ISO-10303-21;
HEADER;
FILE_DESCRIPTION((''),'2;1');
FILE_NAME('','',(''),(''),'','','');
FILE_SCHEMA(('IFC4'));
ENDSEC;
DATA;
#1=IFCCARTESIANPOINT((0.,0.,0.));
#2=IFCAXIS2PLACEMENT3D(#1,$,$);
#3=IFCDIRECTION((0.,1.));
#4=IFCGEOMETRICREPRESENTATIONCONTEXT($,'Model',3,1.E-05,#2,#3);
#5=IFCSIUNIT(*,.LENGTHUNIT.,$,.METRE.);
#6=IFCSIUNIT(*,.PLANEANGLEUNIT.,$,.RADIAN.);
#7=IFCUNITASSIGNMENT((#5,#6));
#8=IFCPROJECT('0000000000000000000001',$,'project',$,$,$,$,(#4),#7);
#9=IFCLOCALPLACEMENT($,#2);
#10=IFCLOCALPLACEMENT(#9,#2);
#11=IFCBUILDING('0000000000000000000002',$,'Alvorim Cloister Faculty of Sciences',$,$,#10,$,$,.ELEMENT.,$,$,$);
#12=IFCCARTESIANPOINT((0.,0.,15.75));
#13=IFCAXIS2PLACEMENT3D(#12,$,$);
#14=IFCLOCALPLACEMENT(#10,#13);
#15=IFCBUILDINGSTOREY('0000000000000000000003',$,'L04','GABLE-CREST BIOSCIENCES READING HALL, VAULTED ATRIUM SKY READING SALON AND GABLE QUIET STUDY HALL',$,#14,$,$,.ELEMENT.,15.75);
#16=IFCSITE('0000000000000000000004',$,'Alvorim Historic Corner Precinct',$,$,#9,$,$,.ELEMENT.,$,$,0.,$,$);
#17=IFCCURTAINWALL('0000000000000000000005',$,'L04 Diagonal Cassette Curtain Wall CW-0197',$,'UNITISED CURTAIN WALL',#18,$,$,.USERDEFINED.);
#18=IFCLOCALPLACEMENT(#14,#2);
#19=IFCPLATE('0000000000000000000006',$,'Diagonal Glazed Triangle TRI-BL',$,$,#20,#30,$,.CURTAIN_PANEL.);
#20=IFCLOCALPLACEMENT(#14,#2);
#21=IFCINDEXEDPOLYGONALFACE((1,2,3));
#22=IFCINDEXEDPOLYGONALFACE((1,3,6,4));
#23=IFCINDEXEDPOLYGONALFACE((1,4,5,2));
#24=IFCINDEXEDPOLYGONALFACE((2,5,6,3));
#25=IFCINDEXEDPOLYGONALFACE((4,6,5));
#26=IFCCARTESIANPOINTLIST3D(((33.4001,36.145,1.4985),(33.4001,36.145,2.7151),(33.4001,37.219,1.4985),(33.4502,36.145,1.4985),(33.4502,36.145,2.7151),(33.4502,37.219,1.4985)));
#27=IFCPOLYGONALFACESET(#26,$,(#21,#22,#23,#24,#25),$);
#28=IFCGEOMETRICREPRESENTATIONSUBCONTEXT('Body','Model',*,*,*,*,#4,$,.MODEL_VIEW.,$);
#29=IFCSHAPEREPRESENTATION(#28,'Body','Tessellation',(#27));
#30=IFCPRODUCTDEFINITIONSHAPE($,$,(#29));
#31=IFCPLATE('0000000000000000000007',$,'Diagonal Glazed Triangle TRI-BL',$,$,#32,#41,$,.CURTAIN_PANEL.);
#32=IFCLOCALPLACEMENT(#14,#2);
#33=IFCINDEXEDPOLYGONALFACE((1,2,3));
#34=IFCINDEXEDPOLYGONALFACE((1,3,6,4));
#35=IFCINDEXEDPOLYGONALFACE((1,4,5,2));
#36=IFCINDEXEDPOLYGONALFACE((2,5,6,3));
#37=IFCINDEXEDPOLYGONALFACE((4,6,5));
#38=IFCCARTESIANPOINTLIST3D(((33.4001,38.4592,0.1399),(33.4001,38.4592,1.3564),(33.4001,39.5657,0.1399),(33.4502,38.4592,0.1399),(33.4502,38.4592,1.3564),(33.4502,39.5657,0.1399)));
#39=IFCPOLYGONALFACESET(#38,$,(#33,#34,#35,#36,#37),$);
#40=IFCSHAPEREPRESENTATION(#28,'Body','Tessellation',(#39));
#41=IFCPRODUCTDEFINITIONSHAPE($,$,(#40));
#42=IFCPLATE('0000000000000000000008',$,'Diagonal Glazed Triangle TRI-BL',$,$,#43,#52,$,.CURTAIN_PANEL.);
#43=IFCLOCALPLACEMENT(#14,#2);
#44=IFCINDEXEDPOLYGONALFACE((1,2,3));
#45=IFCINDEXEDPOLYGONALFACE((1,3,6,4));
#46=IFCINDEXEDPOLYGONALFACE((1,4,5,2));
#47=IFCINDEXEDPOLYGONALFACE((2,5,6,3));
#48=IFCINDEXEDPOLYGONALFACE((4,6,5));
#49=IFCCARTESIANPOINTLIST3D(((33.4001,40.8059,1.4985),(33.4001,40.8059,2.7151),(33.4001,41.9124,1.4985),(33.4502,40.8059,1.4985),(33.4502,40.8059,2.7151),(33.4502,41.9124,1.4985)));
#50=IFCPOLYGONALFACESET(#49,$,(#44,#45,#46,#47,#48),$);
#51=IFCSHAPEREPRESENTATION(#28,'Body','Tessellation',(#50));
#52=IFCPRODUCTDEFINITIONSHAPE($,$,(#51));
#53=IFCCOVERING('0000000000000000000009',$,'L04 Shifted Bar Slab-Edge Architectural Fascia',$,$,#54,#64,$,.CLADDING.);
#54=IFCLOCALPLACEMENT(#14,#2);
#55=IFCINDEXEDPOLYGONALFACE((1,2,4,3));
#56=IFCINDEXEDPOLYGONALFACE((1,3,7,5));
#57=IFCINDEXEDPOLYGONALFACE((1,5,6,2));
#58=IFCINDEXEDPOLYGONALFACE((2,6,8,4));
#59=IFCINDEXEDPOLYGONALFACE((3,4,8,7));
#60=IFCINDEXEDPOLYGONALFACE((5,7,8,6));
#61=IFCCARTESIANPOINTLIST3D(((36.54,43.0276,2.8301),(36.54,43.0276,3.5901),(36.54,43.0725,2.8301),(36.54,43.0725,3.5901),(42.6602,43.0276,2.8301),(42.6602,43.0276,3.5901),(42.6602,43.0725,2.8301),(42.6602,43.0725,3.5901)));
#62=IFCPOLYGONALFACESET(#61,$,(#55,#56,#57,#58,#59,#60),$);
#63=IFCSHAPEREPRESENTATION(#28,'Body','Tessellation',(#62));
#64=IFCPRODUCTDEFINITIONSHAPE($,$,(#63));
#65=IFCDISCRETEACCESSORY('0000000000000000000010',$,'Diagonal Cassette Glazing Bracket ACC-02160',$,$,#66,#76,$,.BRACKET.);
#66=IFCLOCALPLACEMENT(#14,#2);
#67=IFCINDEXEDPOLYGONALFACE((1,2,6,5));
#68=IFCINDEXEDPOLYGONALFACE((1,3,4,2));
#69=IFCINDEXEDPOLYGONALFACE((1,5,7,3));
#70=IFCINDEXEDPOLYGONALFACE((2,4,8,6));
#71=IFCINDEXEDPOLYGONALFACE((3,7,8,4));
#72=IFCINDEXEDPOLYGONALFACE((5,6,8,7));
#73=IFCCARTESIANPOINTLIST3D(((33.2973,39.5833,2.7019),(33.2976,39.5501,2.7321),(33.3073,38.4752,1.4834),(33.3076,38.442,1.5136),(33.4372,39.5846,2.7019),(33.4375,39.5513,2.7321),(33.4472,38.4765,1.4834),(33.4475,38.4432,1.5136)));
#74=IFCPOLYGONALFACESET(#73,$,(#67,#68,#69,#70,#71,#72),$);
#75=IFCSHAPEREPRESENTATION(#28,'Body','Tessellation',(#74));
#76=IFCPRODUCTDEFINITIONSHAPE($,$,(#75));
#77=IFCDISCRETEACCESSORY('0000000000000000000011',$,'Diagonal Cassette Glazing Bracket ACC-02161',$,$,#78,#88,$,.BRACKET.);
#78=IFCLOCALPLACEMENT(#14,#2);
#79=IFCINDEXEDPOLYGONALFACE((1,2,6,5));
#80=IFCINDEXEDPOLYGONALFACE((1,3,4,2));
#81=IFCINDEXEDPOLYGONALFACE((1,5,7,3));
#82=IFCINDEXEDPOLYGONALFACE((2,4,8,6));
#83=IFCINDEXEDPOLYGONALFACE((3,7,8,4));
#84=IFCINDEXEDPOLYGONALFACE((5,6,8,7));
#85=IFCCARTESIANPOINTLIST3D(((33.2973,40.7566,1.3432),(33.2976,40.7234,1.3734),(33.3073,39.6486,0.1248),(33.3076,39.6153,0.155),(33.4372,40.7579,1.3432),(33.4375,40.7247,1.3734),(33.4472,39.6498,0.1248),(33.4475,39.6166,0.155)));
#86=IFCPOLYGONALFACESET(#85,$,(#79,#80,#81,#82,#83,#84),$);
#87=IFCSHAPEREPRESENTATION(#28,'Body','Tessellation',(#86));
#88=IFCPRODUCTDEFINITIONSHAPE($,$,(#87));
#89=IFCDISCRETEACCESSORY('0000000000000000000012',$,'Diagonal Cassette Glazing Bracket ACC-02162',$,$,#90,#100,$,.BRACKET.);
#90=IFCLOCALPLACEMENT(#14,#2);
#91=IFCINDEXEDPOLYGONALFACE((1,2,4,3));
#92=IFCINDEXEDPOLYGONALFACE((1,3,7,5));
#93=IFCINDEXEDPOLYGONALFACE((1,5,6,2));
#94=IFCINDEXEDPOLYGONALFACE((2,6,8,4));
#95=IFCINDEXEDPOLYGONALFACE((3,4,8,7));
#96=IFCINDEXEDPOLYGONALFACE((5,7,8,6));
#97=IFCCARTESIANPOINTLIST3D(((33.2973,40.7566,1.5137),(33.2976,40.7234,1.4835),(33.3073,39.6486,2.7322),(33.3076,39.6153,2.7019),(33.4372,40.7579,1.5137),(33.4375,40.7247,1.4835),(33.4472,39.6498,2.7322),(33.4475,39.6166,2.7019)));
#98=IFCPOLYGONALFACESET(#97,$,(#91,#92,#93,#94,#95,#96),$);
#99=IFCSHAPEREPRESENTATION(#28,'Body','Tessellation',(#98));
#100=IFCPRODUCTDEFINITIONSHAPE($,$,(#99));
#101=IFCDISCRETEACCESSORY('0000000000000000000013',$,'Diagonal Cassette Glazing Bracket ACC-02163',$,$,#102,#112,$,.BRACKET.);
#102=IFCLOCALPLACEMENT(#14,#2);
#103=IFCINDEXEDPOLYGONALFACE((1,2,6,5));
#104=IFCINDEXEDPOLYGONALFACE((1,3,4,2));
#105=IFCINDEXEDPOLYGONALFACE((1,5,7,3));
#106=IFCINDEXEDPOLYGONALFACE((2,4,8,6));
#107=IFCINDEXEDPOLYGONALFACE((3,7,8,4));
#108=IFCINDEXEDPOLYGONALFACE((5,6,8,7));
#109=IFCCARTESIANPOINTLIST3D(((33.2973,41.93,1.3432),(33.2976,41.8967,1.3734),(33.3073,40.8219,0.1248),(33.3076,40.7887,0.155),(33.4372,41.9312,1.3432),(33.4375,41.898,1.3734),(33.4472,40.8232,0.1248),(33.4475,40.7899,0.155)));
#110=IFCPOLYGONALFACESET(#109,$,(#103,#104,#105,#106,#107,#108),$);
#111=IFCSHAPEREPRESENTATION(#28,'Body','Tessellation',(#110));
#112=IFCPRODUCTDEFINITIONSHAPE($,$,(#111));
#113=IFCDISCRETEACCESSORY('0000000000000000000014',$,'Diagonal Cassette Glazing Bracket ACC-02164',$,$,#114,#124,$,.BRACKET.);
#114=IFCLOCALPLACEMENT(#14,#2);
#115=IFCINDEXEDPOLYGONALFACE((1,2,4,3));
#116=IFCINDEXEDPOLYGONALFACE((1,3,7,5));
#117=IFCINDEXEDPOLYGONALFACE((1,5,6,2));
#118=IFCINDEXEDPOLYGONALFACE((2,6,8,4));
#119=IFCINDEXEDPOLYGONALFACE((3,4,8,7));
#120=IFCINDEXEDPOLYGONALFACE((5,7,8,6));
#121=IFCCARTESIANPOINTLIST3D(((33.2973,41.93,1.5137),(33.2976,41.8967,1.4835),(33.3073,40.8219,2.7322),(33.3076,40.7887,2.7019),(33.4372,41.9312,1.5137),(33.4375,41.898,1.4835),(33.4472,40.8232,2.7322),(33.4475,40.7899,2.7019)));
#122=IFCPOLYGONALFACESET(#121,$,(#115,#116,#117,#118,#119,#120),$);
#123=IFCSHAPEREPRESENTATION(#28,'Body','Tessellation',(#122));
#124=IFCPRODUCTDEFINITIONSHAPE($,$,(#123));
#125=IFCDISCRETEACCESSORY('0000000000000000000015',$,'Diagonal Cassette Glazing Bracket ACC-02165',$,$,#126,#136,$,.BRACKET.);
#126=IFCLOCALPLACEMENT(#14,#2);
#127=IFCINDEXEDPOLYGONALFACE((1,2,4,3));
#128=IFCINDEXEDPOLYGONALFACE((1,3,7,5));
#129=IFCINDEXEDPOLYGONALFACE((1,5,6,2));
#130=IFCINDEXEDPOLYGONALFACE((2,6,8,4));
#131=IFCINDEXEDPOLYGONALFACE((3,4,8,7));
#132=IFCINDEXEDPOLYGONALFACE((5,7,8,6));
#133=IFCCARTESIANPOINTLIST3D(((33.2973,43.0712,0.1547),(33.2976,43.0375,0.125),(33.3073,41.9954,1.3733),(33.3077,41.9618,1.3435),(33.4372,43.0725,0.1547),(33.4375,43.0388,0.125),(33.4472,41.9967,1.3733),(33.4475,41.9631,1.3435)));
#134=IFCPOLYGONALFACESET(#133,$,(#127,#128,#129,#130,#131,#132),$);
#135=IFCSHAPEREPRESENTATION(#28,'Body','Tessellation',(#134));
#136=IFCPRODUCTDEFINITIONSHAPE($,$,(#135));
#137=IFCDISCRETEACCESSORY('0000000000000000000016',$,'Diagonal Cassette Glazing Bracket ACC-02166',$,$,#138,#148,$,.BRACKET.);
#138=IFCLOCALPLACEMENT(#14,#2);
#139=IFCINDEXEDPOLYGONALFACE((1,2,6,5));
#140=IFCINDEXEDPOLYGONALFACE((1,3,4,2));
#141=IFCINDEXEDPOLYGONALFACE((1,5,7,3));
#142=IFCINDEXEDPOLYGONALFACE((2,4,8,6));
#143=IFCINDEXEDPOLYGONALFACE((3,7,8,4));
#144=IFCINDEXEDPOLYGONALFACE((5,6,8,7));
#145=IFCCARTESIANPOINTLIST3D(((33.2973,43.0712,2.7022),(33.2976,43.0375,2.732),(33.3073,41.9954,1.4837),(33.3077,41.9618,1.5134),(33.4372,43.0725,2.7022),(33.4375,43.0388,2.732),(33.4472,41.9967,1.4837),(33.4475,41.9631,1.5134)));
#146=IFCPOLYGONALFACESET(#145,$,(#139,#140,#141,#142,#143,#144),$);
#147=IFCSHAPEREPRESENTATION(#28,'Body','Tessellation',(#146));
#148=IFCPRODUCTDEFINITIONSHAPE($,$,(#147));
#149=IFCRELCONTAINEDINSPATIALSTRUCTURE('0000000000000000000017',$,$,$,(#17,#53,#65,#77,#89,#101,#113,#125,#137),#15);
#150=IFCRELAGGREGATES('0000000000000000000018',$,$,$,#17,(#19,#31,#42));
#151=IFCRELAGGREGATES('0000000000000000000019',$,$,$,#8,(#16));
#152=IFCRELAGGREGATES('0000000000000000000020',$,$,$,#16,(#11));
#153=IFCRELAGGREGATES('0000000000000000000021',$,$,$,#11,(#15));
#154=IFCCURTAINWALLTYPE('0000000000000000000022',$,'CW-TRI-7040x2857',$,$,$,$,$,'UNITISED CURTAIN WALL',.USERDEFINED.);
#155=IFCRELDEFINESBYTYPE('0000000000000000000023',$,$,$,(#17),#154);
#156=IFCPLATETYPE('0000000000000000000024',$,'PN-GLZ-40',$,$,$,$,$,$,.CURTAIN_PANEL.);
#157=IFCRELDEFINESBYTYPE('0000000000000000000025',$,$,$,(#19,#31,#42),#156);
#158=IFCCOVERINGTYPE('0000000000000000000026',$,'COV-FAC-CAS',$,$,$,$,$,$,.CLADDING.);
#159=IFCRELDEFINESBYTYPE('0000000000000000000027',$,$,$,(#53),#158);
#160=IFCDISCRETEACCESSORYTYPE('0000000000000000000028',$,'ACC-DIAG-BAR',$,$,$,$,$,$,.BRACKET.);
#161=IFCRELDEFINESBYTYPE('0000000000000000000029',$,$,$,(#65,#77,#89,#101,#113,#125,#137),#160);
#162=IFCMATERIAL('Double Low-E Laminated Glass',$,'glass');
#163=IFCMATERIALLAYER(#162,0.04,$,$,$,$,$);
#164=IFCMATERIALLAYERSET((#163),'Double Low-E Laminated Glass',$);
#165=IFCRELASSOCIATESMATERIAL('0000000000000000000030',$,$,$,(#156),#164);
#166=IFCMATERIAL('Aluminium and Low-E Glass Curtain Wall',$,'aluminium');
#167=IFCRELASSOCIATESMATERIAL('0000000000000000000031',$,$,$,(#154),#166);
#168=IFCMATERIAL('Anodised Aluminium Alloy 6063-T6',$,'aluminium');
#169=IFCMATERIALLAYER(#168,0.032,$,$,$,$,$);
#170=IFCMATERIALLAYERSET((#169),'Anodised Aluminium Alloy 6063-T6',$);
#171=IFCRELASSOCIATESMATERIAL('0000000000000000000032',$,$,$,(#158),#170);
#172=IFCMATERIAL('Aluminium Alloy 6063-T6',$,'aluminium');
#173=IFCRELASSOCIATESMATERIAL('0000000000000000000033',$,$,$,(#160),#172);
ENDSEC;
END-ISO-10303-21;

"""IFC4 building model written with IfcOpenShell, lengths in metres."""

from ifc_helpers import new_model, si_unit, direction, frame, origin, origin_2d, place, context, subcontext, project, spatial, polyline, rectangle, outline, extrude, material, layer, layer_set, type_object, element, aggregate, save


model = new_model("IFC4")

# Units and contexts
model_context = context("Model", 3, precision=1e-05, world=origin(), true_north=direction((0.0, 1.0)))
body_context = subcontext(model_context, "Body", "Model", "MODEL_VIEW")
ifc_project = project(units=[si_unit("LENGTHUNIT", "METRE"), si_unit("PLANEANGLEUNIT", "RADIAN")], contexts=[model_context])

# Site, building, storey
site_placement = place(None, origin())
site = spatial("IfcSite", under=ifc_project, at=site_placement, Name="Alvorim Historic Corner Precinct", CompositionType="ELEMENT", RefElevation=0.0)
building_placement = place(site_placement, origin())
building = spatial("IfcBuilding", under=site, at=building_placement, Name="Alvorim Cloister Faculty of Sciences", CompositionType="ELEMENT")
storey_placement = place(building_placement, frame((0.0, 0.0, 15.75)))
storey = spatial("IfcBuildingStorey", under=building, at=storey_placement, Name="L04", Description="GABLE-CREST BIOSCIENCES READING HALL, VAULTED ATRIUM SKY READING SALON AND GABLE QUIET STUDY HALL", CompositionType="ELEMENT", Elevation=15.75)

# Curtain wall, plates
ifc_material_1 = material(Name="Aluminium and Low-E Glass Curtain Wall", Category="aluminium")
ifc_material_2 = material(Name="Double Low-E Laminated Glass", Category="glass")
ifc_layer_1 = layer(ifc_material_2, 0.04)
ifc_layer_set_1 = layer_set([ifc_layer_1], Name="Double Low-E Laminated Glass")
plate_type = type_object("IfcPlateType", Name="PN-GLZ-40", PredefinedType="CURTAIN_PANEL", material=ifc_layer_set_1)
curtain_wall_type_1 = type_object("IfcCurtainWallType", Name="CW-TRI-7040x2857", ElementType="UNITISED CURTAIN WALL", PredefinedType="USERDEFINED", material=ifc_material_1)
curtain_wall_1_placement = place(storey_placement, origin())
curtain_wall_1 = element("IfcCurtainWall", 1, at=curtain_wall_1_placement, inside=storey, type_object=curtain_wall_type_1, Name="L04 Diagonal Cassette Curtain Wall CW-0197", ObjectType="UNITISED CURTAIN WALL", PredefinedType="USERDEFINED")
plate_1_placement = place(storey_placement, frame((33.425, 36.145, 1.4985), z_axis=(0.0, 0.0, 1.0), x_axis=(0.0, 1.0, 0.0)))
plate_1 = element("IfcPlate", 2, at=plate_1_placement, type_object=plate_type, Name="Diagonal Glazed Triangle TRI-BL", PredefinedType="CURTAIN_PANEL", context=body_context, shape_type="SweptSolid", body=[
    extrude(outline(polyline([(0.0, 0.0), (1.074, 0.0), (0.0, 1.2166), (0.0, 0.0)])), frame((0.0, 0.0249, 0.0), z_axis=(0.0, -1.0, 0.0), x_axis=(1.0, 0.0, 0.0)), (0.0, 0.0, 1.0), 0.05),
])
plate_2_placement = place(storey_placement, frame((33.425, 38.4592, 0.1399), z_axis=(0.0, 0.0, 1.0), x_axis=(0.0, 1.0, 0.0)))
plate_2 = element("IfcPlate", 3, at=plate_2_placement, type_object=plate_type, Name="Diagonal Glazed Triangle TRI-BL", PredefinedType="CURTAIN_PANEL", context=body_context, shape_type="SweptSolid", body=[
    extrude(outline(polyline([(0.0, 0.0), (1.1064, 0.0), (0.0, 1.2166), (0.0, 0.0)])), frame((0.0, 0.0249, 0.0), z_axis=(0.0, -1.0, 0.0), x_axis=(1.0, 0.0, 0.0)), (0.0, 0.0, 1.0), 0.05),
])
plate_3_placement = place(storey_placement, frame((33.425, 40.8059, 1.4985), z_axis=(0.0, 0.0, 1.0), x_axis=(0.0, 1.0, 0.0)))
plate_3 = element("IfcPlate", 4, at=plate_3_placement, type_object=plate_type, Name="Diagonal Glazed Triangle TRI-BL", PredefinedType="CURTAIN_PANEL", context=body_context, shape_type="SweptSolid", body=[
    extrude(outline(polyline([(0.0, 0.0), (1.1064, 0.0), (0.0, 1.2166), (0.0, 0.0)])), frame((0.0, 0.0249, 0.0), z_axis=(0.0, -1.0, 0.0), x_axis=(1.0, 0.0, 0.0)), (0.0, 0.0, 1.0), 0.05),
])
aggregate(curtain_wall_1, [plate_1, plate_2, plate_3])

# Covering
ifc_material_3 = material(Name="Anodised Aluminium Alloy 6063-T6", Category="aluminium")
ifc_layer_2 = layer(ifc_material_3, 0.032)
ifc_layer_set_2 = layer_set([ifc_layer_2], Name="Anodised Aluminium Alloy 6063-T6")
covering_type = type_object("IfcCoveringType", Name="COV-FAC-CAS", PredefinedType="CLADDING", material=ifc_layer_set_2)
covering_placement = place(storey_placement, frame((36.54, 43.05, 2.8301), z_axis=(0.0, 0.0, 1.0), x_axis=(1.0, 0.0, 0.0)))
element("IfcCovering", 5, at=covering_placement, inside=storey, type_object=covering_type, Name="L04 Shifted Bar Slab-Edge Architectural Fascia", PredefinedType="CLADDING", context=body_context, shape_type="SweptSolid", body=[
    extrude(outline(polyline([(0.0, 0.0), (6.1201, 0.0), (6.1201, 0.76), (0.0, 0.76), (0.0, 0.0)])), frame((0.0, 0.0225, 0.0), z_axis=(0.0, -1.0, 0.0), x_axis=(1.0, 0.0, 0.0)), (0.0, 0.0, 1.0), 0.0449),
])

# Discrete accessories
ifc_material_4 = material(Name="Aluminium Alloy 6063-T6", Category="aluminium")
discrete_accessory_type = type_object("IfcDiscreteAccessoryType", Name="ACC-DIAG-BAR", PredefinedType="BRACKET", material=ifc_material_4)
for number, where, z_axis, x_axis, name in (
    (6, (33.3774, 38.4592, 1.4985), (-0.006077, 0.672801, 0.739799), (-0.999959, -0.009032, 0.0), "Diagonal Cassette Glazing Bracket ACC-02160"),
    (7, (33.3774, 39.6326, 0.1399), (-0.006077, 0.672801, 0.739799), (-0.999959, -0.009032, 0.0), "Diagonal Cassette Glazing Bracket ACC-02161"),
    (8, (33.3774, 39.6326, 2.717), (-0.006077, 0.672801, -0.739799), (-0.999959, -0.009032, 0.0), "Diagonal Cassette Glazing Bracket ACC-02162"),
    (9, (33.3774, 40.8059, 0.1399), (-0.006077, 0.672801, 0.739799), (-0.999959, -0.009032, 0.0), "Diagonal Cassette Glazing Bracket ACC-02163"),
    (10, (33.3774, 40.8059, 2.717), (-0.006077, 0.672801, -0.739799), (-0.999959, -0.009032, 0.0), "Diagonal Cassette Glazing Bracket ACC-02164"),
):
    element("IfcDiscreteAccessory", number, at=place(storey_placement, frame(where, z_axis=z_axis, x_axis=x_axis)), inside=storey, type_object=discrete_accessory_type, Name=name, PredefinedType="BRACKET", context=body_context, shape_type="SweptSolid", body=[
        extrude(rectangle(XDim=0.1399, YDim=0.0449, at=origin_2d()), origin(), (0.0, 0.0, 1.0), 1.647),
    ])
for number, where, z_axis, x_axis, name in (
    (11, (33.3774, 41.9792, 1.3584), (-0.006158, 0.661793, -0.749661), (-0.999957, -0.009305, 0.0), "Diagonal Cassette Glazing Bracket ACC-02165"),
    (12, (33.3774, 41.9792, 1.4985), (-0.006158, 0.661793, 0.749661), (-0.999957, -0.009305, 0.0), "Diagonal Cassette Glazing Bracket ACC-02166"),
):
    element("IfcDiscreteAccessory", number, at=place(storey_placement, frame(where, z_axis=z_axis, x_axis=x_axis)), inside=storey, type_object=discrete_accessory_type, Name=name, PredefinedType="BRACKET", context=body_context, shape_type="SweptSolid", body=[
        extrude(rectangle(XDim=0.1399, YDim=0.0449, at=origin_2d()), origin(), (0.0, 0.0, 1.0), 1.6255),
    ])

save(model, "model.ifc")
